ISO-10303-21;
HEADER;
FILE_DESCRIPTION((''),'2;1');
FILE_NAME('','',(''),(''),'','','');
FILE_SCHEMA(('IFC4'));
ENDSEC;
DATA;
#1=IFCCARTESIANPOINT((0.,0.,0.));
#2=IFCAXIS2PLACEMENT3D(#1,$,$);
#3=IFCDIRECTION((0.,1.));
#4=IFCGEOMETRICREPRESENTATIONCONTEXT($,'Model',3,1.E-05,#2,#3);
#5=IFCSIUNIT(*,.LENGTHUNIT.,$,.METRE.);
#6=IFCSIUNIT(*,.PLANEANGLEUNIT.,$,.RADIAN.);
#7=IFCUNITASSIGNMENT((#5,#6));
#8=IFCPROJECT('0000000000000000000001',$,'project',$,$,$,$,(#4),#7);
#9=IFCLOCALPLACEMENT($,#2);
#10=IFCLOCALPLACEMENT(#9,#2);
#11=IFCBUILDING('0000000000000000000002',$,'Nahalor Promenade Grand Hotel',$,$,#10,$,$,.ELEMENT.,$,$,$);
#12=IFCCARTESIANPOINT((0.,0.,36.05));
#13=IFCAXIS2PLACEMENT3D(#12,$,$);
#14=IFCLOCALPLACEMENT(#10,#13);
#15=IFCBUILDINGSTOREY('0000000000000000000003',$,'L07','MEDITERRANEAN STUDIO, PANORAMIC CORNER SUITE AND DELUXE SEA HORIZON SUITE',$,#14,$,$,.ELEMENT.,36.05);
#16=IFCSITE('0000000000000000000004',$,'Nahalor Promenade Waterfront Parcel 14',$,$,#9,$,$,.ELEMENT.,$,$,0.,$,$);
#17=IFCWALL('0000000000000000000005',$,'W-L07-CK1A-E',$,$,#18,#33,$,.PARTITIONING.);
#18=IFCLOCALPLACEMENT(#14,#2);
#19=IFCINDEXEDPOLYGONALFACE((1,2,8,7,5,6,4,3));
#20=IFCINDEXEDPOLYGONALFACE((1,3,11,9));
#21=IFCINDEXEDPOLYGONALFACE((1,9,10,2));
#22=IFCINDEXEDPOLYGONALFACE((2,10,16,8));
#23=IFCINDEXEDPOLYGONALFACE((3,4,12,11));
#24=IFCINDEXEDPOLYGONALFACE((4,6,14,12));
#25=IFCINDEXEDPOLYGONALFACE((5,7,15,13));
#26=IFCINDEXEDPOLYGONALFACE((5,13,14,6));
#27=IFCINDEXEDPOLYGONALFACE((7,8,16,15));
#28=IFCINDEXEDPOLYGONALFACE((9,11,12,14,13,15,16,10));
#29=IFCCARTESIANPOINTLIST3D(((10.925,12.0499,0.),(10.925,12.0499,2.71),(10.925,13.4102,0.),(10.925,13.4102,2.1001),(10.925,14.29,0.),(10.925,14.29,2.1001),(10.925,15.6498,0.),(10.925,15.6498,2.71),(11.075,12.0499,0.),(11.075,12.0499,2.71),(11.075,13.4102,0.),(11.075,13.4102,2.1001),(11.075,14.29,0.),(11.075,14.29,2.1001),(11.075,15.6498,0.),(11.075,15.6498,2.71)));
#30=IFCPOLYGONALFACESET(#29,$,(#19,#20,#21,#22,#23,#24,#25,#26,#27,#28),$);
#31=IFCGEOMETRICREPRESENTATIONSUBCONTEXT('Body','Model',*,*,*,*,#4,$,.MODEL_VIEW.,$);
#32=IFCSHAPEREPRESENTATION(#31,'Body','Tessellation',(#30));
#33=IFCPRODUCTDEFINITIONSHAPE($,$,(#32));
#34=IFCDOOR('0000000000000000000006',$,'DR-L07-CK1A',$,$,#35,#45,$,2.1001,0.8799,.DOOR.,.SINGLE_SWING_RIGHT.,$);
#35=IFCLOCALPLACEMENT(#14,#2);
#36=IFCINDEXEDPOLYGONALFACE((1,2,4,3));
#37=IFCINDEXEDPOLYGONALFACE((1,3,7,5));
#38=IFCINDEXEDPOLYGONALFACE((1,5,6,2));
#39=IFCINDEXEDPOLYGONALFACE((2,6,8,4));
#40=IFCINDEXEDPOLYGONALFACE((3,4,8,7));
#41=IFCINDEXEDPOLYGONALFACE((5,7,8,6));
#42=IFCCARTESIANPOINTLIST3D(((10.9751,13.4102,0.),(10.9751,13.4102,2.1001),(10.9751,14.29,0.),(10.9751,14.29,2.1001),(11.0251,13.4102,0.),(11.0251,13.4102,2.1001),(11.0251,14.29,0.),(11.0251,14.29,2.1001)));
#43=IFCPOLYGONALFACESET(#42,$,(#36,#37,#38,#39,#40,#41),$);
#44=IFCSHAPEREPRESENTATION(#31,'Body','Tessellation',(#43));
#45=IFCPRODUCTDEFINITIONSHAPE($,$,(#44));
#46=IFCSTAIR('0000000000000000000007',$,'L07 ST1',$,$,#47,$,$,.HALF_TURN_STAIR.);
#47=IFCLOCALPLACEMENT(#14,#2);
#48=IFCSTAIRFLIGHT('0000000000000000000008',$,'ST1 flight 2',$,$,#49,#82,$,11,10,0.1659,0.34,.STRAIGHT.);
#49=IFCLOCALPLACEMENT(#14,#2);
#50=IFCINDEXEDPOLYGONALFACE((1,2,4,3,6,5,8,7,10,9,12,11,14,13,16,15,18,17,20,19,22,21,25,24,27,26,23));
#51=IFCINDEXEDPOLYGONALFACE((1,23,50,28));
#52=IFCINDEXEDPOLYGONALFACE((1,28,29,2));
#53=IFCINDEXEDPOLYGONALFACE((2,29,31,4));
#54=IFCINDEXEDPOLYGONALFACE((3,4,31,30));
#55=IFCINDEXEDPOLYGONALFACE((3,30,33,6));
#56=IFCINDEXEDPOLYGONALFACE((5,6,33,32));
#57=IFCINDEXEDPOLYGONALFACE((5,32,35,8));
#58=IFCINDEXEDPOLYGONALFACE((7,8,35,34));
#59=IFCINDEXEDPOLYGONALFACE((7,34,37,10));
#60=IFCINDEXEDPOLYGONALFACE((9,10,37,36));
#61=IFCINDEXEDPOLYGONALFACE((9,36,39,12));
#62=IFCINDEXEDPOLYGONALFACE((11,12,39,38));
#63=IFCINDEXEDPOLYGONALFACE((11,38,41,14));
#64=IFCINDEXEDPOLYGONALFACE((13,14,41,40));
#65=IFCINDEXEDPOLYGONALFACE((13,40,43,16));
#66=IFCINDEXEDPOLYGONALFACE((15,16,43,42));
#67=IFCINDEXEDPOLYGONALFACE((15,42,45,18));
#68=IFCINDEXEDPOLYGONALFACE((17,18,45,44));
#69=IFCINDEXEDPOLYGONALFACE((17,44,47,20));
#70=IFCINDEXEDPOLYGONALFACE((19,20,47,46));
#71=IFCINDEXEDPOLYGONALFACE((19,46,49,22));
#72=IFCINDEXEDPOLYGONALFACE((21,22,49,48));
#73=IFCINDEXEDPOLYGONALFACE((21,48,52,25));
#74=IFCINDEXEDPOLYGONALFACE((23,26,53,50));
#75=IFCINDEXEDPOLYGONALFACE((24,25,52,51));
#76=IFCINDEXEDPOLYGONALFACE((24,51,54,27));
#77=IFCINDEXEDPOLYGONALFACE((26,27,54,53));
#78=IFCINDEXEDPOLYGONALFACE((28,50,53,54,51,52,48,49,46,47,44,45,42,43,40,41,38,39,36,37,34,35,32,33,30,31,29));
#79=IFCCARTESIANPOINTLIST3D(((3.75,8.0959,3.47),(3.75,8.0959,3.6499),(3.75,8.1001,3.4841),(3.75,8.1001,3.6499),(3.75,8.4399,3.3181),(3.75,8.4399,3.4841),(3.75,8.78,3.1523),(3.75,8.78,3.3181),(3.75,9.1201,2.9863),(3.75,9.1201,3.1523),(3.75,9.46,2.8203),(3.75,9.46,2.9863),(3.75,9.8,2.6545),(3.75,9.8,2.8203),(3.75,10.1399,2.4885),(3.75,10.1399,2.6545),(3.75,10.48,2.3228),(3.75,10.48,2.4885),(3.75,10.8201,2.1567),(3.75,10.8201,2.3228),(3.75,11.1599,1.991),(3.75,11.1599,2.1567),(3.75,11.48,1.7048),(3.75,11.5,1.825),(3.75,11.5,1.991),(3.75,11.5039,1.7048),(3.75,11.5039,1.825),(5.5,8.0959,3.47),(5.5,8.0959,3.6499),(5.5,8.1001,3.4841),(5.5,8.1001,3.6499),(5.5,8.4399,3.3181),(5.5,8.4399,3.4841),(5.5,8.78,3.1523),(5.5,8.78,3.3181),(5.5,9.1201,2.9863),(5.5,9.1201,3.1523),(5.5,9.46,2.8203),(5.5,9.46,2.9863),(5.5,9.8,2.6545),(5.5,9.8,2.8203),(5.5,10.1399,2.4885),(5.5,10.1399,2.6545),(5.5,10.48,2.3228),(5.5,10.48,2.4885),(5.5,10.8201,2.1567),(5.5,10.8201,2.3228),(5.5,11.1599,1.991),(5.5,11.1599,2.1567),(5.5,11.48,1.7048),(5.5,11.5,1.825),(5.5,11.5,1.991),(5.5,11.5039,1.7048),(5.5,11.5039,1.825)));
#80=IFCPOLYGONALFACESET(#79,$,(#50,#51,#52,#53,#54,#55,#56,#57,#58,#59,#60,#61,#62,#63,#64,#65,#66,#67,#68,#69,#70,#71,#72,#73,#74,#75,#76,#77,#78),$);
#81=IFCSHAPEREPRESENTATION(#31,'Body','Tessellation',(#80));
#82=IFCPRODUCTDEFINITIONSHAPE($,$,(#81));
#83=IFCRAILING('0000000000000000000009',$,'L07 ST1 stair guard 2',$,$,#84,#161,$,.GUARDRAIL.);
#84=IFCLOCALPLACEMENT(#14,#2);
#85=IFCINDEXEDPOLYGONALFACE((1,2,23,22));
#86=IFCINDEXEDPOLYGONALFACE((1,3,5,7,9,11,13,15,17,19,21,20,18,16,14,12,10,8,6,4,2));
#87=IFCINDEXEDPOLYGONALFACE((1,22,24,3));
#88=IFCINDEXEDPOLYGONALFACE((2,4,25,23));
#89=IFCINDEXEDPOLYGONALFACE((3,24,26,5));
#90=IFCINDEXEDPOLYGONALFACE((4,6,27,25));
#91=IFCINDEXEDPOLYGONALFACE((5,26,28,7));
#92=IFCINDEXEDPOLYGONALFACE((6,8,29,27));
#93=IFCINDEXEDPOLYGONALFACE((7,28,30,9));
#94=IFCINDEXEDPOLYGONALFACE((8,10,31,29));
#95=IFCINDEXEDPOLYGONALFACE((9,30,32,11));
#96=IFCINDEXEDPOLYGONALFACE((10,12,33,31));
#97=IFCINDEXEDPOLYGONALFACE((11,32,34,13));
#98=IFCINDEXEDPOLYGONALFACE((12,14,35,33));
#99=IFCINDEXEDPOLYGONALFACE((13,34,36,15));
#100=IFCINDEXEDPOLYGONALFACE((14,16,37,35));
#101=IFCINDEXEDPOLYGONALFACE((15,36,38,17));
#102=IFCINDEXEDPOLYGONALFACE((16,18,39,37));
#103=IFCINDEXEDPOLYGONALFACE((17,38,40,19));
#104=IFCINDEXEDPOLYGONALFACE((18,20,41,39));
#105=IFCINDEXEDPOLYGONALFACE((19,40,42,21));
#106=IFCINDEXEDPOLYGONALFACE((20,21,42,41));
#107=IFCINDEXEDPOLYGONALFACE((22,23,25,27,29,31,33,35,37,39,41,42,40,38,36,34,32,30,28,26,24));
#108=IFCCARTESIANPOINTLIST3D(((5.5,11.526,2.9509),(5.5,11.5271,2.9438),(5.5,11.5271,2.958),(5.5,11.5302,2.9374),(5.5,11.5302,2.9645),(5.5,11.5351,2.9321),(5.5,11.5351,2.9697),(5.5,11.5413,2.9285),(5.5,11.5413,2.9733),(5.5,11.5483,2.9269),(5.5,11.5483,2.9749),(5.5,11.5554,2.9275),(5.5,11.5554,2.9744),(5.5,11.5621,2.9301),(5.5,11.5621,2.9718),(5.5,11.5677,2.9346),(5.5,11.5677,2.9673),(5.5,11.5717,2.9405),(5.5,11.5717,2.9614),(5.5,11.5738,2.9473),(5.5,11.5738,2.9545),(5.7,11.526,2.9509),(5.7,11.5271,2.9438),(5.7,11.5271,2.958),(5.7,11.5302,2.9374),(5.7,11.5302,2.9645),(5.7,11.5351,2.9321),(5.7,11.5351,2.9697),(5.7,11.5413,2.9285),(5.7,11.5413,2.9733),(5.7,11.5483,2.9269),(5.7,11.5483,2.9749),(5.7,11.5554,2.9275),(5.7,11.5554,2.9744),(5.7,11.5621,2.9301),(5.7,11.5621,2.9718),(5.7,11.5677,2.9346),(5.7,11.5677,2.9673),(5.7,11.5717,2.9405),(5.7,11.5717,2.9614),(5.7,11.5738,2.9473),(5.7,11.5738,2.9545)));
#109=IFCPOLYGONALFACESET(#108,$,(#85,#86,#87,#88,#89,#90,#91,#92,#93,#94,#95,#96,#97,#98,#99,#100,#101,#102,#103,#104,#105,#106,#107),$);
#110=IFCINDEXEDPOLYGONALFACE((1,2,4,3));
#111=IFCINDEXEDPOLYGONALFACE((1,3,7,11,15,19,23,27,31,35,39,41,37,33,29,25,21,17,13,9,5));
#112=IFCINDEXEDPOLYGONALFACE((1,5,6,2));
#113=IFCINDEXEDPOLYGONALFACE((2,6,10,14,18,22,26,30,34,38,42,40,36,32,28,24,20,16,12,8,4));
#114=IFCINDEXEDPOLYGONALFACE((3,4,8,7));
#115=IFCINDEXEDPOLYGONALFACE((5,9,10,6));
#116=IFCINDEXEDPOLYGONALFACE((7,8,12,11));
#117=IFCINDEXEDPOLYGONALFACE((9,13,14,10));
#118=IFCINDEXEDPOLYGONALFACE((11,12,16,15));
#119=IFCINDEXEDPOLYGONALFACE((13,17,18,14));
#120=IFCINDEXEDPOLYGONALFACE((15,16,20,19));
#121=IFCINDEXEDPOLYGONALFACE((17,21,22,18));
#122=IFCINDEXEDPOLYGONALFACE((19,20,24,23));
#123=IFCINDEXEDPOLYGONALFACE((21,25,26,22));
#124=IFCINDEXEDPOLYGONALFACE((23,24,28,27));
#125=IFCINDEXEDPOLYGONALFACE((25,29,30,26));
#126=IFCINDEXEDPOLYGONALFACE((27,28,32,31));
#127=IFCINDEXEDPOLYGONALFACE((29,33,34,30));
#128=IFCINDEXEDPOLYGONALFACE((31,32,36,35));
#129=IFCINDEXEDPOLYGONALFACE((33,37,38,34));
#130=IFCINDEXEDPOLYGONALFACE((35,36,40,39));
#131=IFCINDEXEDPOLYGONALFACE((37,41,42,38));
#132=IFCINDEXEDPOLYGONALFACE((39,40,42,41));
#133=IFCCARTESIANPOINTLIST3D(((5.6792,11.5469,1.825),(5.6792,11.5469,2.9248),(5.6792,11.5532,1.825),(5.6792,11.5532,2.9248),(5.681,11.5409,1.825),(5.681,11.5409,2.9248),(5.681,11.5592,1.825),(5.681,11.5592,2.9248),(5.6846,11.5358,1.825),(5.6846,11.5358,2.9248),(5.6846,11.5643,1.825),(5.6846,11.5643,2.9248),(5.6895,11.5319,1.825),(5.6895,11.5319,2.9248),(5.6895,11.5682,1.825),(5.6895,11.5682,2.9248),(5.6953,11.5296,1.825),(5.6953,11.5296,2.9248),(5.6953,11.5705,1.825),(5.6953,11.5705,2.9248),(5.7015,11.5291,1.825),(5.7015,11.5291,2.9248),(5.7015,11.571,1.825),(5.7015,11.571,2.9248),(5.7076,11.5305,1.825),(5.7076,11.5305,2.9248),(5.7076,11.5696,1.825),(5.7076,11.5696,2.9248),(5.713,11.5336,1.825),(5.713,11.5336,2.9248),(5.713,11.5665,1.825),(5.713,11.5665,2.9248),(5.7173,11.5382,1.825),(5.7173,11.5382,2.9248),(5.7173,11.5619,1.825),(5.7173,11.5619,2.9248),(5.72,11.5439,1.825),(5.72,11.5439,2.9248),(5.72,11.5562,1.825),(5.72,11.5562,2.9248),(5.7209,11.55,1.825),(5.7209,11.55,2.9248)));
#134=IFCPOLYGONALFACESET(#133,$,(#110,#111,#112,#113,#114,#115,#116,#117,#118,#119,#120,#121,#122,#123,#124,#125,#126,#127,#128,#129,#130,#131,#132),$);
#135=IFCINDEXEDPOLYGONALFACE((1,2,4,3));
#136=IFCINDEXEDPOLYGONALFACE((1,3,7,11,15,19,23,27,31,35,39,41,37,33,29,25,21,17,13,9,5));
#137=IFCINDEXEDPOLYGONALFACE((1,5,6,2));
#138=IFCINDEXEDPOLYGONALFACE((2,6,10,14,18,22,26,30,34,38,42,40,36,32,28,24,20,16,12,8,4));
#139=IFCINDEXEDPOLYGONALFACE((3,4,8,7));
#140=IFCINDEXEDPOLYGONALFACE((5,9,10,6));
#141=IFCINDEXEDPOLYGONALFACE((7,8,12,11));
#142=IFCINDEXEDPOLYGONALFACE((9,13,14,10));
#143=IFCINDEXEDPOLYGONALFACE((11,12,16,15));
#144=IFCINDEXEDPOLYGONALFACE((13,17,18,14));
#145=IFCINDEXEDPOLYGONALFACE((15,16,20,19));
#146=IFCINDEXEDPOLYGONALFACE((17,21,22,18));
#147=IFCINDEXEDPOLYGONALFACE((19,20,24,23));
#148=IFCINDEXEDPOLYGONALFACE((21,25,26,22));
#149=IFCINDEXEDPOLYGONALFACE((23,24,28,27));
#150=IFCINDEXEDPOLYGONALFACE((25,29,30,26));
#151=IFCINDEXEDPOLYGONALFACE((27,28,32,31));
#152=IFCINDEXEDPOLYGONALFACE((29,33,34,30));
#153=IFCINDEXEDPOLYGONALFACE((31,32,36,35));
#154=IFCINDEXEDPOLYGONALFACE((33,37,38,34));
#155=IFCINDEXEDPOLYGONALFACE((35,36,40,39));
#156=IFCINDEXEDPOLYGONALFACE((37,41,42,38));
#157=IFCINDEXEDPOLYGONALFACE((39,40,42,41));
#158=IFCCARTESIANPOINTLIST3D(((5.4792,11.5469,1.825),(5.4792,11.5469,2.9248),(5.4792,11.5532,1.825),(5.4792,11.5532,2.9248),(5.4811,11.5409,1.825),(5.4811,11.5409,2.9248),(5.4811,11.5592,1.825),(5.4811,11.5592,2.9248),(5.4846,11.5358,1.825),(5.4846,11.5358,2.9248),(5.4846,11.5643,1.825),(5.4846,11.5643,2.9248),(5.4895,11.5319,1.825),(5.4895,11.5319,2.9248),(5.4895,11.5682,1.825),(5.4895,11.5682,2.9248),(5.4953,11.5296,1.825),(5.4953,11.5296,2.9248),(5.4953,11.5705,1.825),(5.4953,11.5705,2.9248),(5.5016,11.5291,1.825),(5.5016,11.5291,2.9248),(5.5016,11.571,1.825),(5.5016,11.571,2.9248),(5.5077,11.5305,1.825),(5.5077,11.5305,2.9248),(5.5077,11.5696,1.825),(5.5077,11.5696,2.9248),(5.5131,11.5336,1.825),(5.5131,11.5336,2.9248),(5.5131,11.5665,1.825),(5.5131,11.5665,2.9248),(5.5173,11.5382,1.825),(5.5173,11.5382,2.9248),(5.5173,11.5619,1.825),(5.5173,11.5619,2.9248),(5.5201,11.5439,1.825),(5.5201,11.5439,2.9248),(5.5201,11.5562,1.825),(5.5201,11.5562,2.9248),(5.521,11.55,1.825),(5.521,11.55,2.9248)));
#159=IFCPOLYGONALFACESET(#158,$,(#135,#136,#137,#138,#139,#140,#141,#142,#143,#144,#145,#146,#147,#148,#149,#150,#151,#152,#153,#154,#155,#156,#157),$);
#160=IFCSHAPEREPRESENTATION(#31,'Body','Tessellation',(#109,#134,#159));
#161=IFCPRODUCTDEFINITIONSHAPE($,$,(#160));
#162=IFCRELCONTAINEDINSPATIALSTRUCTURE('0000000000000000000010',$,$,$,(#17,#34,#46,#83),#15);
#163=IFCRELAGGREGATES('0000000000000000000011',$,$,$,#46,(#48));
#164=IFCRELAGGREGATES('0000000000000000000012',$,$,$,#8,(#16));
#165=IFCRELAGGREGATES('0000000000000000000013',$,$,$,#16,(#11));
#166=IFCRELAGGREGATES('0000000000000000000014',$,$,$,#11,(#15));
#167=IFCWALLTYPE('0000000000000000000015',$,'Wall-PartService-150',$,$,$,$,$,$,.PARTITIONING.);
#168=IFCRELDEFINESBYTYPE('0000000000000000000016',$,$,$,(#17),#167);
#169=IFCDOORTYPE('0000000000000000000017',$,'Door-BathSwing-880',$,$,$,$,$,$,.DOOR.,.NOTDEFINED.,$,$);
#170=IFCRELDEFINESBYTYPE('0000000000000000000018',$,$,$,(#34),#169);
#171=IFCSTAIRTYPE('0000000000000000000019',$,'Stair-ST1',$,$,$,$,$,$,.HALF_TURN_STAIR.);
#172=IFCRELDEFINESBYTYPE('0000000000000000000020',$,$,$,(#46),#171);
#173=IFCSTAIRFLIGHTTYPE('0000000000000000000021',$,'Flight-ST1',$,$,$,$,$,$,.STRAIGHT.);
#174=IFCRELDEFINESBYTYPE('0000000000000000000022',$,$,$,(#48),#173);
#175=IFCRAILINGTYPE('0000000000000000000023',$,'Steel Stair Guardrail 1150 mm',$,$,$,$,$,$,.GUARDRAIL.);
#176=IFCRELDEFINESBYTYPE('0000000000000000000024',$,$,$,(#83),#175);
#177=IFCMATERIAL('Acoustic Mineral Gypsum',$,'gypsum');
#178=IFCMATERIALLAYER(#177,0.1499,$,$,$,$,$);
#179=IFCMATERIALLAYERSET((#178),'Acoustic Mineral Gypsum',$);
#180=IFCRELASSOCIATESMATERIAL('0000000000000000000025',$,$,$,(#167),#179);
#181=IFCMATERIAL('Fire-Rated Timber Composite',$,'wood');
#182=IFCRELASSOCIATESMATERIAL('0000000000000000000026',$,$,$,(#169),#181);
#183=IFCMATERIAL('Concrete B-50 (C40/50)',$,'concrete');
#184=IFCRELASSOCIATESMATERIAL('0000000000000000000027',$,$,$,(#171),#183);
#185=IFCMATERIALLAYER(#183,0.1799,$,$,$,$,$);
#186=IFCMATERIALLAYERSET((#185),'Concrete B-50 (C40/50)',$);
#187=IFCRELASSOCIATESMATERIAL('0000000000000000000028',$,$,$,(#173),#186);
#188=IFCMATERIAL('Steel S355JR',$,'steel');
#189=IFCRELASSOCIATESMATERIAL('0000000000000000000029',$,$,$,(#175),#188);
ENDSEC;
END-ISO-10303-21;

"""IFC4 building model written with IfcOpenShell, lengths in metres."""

from ifc_helpers import new_model, si_unit, direction, frame, frame_2d, origin, origin_2d, place, context, subcontext, project, spatial, polyline, rectangle, circle, outline, extrude, source, transform, mapped, material, layer, layer_set, type_object, element, fill, aggregate, save


model = new_model("IFC4")

# Units and contexts
model_context = context("Model", 3, precision=1e-05, world=origin(), true_north=direction((0.0, 1.0)))
body_context = subcontext(model_context, "Body", "Model", "MODEL_VIEW")
ifc_project = project(units=[si_unit("LENGTHUNIT", "METRE"), si_unit("PLANEANGLEUNIT", "RADIAN")], contexts=[model_context])

# Site, building, storey
site_placement = place(None, origin())
site = spatial("IfcSite", under=ifc_project, at=site_placement, Name="Nahalor Promenade Waterfront Parcel 14", CompositionType="ELEMENT", RefElevation=0.0)
building_placement = place(site_placement, origin())
building = spatial("IfcBuilding", under=site, at=building_placement, Name="Nahalor Promenade Grand Hotel", CompositionType="ELEMENT")
storey_placement = place(building_placement, frame((0.0, 0.0, 36.05)))
storey = spatial("IfcBuildingStorey", under=building, at=storey_placement, Name="L07", Description="MEDITERRANEAN STUDIO, PANORAMIC CORNER SUITE AND DELUXE SEA HORIZON SUITE", CompositionType="ELEMENT", Elevation=36.05)

# Shared definitions
ifc_material_1 = material(Name="Steel S355JR", Category="steel")

# Shared definitions
ifc_material_2 = material(Name="Concrete B-50 (C40/50)", Category="concrete")
ifc_material_3 = material(Name="Acoustic Mineral Gypsum", Category="gypsum")
ifc_layer_1 = layer(ifc_material_3, 0.1499)
ifc_layer_set_1 = layer_set([ifc_layer_1], Name="Acoustic Mineral Gypsum")
wall_type_1 = type_object("IfcWallType", Name="Wall-PartService-150", PredefinedType="PARTITIONING", material=ifc_layer_set_1)
shared_shape_1 = source(origin(), body_context, "Body", "SweptSolid", [
    extrude(rectangle(XDim=3.5999, YDim=0.1499, at=frame_2d((1.7998, 0.0))), origin(), (0.0, 0.0, 1.0), 2.71),
])

# Wall, opening, door
wall_1_placement = place(storey_placement, frame((11.0, 12.05, 0.0), z_axis=(0.0, 0.0, 1.0), x_axis=(0.0, 1.0, 0.0)))
wall_1 = element("IfcWall", 1, at=wall_1_placement, inside=storey, type_object=wall_type_1, Name="W-L07-CK1A-E", PredefinedType="PARTITIONING", context=body_context, shape_type="MappedRepresentation", body=[
    mapped(shared_shape_1, transform((0.0, 0.0, 0.0), scale=1.0)),
])
opening_placement = place(wall_1_placement, frame((1.3601, 0.0, 0.0)))
opening = element("IfcOpeningElement", 2, at=opening_placement, cuts=wall_1, PredefinedType="OPENING", context=body_context, shape_type="SweptSolid", body=[
    extrude(rectangle(XDim=0.8799, YDim=2.1001, at=frame_2d((0.4399, 1.05))), frame((0.0, 0.085, 0.0), z_axis=(0.0, -1.0, 0.0), x_axis=(1.0, 0.0, 0.0)), (0.0, 0.0, 1.0), 0.1699),
])
ifc_material_4 = material(Name="Fire-Rated Timber Composite", Category="wood")
door_type = type_object("IfcDoorType", Name="Door-BathSwing-880", OperationType="NOTDEFINED", PredefinedType="DOOR", material=ifc_material_4)
shared_shape_2 = source(origin(), body_context, "Body", "SweptSolid", [
    extrude(rectangle(XDim=0.8799, YDim=2.1001, at=frame_2d((0.4399, 1.05))), frame((0.0, 0.0249, 0.0), z_axis=(0.0, -1.0, 0.0), x_axis=(1.0, 0.0, 0.0)), (0.0, 0.0, 1.0), 0.05),
])
door_placement = place(opening_placement, origin())
door = element("IfcDoor", 3, at=door_placement, inside=storey, type_object=door_type, Name="DR-L07-CK1A", OperationType="SINGLE_SWING_RIGHT", OverallHeight=2.1001, OverallWidth=0.8799, PredefinedType="DOOR", context=body_context, shape_type="MappedRepresentation", body=[
    mapped(shared_shape_2, transform((0.0, 0.0, 0.0), scale=1.0)),
])
fill(opening, door)

# Stair, stair flight
stair_type = type_object("IfcStairType", Name="Stair-ST1", PredefinedType="HALF_TURN_STAIR", material=ifc_material_2)
stair_placement = place(storey_placement, origin())
stair = element("IfcStair", 4, at=stair_placement, inside=storey, type_object=stair_type, Name="L07 ST1", PredefinedType="HALF_TURN_STAIR")
ifc_layer_2 = layer(ifc_material_2, 0.1799)
ifc_layer_set_2 = layer_set([ifc_layer_2], Name="Concrete B-50 (C40/50)")
stair_flight_type = type_object("IfcStairFlightType", Name="Flight-ST1", PredefinedType="STRAIGHT", material=ifc_layer_set_2)
shared_shape_3 = source(origin(), body_context, "Body", "SweptSolid", [
    extrude(outline(polyline([(-0.0039, -0.1201), (-0.0039, 0.0), (0.0, 0.0), (0.0, 0.166), (0.3401, 0.166), (0.3401, 0.3318), (0.6799, 0.3318), (0.6799, 0.4978), (1.02, 0.4978), (1.02, 0.6636), (1.3601, 0.6636), (1.3601, 0.8296), (1.7, 0.8296), (1.7, 0.9954), (2.04, 0.9954), (2.04, 1.1614), (2.3799, 1.1614), (2.3799, 1.3274), (2.72, 1.3274), (2.72, 1.4932), (3.0601, 1.4932), (3.0601, 1.6592), (3.3999, 1.6592), (3.3999, 1.825), (3.4041, 1.825), (3.4041, 1.645), (0.02, -0.1201), (-0.0039, -0.1201)])), frame((0.0, 0.875, 0.0), z_axis=(0.0, -1.0, 0.0), x_axis=(1.0, 0.0, 0.0)), (0.0, 0.0, 1.0), 1.75),
])
stair_flight_placement = place(storey_placement, frame((4.625, 11.5, 1.825), z_axis=(0.0, 0.0, 1.0), x_axis=(0.0, -1.0, 0.0)))
stair_flight = element("IfcStairFlight", 5, at=stair_flight_placement, type_object=stair_flight_type, Name="ST1 flight 2", NumberOfRisers=11, NumberOfTreads=10, PredefinedType="STRAIGHT", RiserHeight=0.1659, TreadLength=0.34, context=body_context, shape_type="MappedRepresentation", body=[
    mapped(shared_shape_3, transform((0.0, 0.0, 0.0), scale=1.0)),
])
aggregate(stair, [stair_flight])

# Railing
railing_type_1 = type_object("IfcRailingType", Name="Steel Stair Guardrail 1150 mm", PredefinedType="GUARDRAIL", material=ifc_material_1)
railing_1_placement = place(storey_placement, frame((5.7, 11.55, 1.825)))
element("IfcRailing", 6, at=railing_1_placement, inside=storey, type_object=railing_type_1, Name="L07 ST1 stair guard 2", PredefinedType="GUARDRAIL", context=body_context, shape_type="SweptSolid", body=[
    extrude(circle(Radius=0.024, at=origin_2d()), frame((0.0, 0.0, 1.126), z_axis=(-1.0, 0.0, 0.0), x_axis=(0.0, -1.0, 0.0)), (0.0, 0.0, 1.0), 0.2),
    extrude(circle(Radius=0.021, at=origin_2d()), origin(), (0.0, 0.0, 1.0), 1.0999),
    extrude(circle(Radius=0.021, at=origin_2d()), frame((-0.2, 0.0, 0.0)), (0.0, 0.0, 1.0), 1.0999),
])

save(model, "model.ifc")
